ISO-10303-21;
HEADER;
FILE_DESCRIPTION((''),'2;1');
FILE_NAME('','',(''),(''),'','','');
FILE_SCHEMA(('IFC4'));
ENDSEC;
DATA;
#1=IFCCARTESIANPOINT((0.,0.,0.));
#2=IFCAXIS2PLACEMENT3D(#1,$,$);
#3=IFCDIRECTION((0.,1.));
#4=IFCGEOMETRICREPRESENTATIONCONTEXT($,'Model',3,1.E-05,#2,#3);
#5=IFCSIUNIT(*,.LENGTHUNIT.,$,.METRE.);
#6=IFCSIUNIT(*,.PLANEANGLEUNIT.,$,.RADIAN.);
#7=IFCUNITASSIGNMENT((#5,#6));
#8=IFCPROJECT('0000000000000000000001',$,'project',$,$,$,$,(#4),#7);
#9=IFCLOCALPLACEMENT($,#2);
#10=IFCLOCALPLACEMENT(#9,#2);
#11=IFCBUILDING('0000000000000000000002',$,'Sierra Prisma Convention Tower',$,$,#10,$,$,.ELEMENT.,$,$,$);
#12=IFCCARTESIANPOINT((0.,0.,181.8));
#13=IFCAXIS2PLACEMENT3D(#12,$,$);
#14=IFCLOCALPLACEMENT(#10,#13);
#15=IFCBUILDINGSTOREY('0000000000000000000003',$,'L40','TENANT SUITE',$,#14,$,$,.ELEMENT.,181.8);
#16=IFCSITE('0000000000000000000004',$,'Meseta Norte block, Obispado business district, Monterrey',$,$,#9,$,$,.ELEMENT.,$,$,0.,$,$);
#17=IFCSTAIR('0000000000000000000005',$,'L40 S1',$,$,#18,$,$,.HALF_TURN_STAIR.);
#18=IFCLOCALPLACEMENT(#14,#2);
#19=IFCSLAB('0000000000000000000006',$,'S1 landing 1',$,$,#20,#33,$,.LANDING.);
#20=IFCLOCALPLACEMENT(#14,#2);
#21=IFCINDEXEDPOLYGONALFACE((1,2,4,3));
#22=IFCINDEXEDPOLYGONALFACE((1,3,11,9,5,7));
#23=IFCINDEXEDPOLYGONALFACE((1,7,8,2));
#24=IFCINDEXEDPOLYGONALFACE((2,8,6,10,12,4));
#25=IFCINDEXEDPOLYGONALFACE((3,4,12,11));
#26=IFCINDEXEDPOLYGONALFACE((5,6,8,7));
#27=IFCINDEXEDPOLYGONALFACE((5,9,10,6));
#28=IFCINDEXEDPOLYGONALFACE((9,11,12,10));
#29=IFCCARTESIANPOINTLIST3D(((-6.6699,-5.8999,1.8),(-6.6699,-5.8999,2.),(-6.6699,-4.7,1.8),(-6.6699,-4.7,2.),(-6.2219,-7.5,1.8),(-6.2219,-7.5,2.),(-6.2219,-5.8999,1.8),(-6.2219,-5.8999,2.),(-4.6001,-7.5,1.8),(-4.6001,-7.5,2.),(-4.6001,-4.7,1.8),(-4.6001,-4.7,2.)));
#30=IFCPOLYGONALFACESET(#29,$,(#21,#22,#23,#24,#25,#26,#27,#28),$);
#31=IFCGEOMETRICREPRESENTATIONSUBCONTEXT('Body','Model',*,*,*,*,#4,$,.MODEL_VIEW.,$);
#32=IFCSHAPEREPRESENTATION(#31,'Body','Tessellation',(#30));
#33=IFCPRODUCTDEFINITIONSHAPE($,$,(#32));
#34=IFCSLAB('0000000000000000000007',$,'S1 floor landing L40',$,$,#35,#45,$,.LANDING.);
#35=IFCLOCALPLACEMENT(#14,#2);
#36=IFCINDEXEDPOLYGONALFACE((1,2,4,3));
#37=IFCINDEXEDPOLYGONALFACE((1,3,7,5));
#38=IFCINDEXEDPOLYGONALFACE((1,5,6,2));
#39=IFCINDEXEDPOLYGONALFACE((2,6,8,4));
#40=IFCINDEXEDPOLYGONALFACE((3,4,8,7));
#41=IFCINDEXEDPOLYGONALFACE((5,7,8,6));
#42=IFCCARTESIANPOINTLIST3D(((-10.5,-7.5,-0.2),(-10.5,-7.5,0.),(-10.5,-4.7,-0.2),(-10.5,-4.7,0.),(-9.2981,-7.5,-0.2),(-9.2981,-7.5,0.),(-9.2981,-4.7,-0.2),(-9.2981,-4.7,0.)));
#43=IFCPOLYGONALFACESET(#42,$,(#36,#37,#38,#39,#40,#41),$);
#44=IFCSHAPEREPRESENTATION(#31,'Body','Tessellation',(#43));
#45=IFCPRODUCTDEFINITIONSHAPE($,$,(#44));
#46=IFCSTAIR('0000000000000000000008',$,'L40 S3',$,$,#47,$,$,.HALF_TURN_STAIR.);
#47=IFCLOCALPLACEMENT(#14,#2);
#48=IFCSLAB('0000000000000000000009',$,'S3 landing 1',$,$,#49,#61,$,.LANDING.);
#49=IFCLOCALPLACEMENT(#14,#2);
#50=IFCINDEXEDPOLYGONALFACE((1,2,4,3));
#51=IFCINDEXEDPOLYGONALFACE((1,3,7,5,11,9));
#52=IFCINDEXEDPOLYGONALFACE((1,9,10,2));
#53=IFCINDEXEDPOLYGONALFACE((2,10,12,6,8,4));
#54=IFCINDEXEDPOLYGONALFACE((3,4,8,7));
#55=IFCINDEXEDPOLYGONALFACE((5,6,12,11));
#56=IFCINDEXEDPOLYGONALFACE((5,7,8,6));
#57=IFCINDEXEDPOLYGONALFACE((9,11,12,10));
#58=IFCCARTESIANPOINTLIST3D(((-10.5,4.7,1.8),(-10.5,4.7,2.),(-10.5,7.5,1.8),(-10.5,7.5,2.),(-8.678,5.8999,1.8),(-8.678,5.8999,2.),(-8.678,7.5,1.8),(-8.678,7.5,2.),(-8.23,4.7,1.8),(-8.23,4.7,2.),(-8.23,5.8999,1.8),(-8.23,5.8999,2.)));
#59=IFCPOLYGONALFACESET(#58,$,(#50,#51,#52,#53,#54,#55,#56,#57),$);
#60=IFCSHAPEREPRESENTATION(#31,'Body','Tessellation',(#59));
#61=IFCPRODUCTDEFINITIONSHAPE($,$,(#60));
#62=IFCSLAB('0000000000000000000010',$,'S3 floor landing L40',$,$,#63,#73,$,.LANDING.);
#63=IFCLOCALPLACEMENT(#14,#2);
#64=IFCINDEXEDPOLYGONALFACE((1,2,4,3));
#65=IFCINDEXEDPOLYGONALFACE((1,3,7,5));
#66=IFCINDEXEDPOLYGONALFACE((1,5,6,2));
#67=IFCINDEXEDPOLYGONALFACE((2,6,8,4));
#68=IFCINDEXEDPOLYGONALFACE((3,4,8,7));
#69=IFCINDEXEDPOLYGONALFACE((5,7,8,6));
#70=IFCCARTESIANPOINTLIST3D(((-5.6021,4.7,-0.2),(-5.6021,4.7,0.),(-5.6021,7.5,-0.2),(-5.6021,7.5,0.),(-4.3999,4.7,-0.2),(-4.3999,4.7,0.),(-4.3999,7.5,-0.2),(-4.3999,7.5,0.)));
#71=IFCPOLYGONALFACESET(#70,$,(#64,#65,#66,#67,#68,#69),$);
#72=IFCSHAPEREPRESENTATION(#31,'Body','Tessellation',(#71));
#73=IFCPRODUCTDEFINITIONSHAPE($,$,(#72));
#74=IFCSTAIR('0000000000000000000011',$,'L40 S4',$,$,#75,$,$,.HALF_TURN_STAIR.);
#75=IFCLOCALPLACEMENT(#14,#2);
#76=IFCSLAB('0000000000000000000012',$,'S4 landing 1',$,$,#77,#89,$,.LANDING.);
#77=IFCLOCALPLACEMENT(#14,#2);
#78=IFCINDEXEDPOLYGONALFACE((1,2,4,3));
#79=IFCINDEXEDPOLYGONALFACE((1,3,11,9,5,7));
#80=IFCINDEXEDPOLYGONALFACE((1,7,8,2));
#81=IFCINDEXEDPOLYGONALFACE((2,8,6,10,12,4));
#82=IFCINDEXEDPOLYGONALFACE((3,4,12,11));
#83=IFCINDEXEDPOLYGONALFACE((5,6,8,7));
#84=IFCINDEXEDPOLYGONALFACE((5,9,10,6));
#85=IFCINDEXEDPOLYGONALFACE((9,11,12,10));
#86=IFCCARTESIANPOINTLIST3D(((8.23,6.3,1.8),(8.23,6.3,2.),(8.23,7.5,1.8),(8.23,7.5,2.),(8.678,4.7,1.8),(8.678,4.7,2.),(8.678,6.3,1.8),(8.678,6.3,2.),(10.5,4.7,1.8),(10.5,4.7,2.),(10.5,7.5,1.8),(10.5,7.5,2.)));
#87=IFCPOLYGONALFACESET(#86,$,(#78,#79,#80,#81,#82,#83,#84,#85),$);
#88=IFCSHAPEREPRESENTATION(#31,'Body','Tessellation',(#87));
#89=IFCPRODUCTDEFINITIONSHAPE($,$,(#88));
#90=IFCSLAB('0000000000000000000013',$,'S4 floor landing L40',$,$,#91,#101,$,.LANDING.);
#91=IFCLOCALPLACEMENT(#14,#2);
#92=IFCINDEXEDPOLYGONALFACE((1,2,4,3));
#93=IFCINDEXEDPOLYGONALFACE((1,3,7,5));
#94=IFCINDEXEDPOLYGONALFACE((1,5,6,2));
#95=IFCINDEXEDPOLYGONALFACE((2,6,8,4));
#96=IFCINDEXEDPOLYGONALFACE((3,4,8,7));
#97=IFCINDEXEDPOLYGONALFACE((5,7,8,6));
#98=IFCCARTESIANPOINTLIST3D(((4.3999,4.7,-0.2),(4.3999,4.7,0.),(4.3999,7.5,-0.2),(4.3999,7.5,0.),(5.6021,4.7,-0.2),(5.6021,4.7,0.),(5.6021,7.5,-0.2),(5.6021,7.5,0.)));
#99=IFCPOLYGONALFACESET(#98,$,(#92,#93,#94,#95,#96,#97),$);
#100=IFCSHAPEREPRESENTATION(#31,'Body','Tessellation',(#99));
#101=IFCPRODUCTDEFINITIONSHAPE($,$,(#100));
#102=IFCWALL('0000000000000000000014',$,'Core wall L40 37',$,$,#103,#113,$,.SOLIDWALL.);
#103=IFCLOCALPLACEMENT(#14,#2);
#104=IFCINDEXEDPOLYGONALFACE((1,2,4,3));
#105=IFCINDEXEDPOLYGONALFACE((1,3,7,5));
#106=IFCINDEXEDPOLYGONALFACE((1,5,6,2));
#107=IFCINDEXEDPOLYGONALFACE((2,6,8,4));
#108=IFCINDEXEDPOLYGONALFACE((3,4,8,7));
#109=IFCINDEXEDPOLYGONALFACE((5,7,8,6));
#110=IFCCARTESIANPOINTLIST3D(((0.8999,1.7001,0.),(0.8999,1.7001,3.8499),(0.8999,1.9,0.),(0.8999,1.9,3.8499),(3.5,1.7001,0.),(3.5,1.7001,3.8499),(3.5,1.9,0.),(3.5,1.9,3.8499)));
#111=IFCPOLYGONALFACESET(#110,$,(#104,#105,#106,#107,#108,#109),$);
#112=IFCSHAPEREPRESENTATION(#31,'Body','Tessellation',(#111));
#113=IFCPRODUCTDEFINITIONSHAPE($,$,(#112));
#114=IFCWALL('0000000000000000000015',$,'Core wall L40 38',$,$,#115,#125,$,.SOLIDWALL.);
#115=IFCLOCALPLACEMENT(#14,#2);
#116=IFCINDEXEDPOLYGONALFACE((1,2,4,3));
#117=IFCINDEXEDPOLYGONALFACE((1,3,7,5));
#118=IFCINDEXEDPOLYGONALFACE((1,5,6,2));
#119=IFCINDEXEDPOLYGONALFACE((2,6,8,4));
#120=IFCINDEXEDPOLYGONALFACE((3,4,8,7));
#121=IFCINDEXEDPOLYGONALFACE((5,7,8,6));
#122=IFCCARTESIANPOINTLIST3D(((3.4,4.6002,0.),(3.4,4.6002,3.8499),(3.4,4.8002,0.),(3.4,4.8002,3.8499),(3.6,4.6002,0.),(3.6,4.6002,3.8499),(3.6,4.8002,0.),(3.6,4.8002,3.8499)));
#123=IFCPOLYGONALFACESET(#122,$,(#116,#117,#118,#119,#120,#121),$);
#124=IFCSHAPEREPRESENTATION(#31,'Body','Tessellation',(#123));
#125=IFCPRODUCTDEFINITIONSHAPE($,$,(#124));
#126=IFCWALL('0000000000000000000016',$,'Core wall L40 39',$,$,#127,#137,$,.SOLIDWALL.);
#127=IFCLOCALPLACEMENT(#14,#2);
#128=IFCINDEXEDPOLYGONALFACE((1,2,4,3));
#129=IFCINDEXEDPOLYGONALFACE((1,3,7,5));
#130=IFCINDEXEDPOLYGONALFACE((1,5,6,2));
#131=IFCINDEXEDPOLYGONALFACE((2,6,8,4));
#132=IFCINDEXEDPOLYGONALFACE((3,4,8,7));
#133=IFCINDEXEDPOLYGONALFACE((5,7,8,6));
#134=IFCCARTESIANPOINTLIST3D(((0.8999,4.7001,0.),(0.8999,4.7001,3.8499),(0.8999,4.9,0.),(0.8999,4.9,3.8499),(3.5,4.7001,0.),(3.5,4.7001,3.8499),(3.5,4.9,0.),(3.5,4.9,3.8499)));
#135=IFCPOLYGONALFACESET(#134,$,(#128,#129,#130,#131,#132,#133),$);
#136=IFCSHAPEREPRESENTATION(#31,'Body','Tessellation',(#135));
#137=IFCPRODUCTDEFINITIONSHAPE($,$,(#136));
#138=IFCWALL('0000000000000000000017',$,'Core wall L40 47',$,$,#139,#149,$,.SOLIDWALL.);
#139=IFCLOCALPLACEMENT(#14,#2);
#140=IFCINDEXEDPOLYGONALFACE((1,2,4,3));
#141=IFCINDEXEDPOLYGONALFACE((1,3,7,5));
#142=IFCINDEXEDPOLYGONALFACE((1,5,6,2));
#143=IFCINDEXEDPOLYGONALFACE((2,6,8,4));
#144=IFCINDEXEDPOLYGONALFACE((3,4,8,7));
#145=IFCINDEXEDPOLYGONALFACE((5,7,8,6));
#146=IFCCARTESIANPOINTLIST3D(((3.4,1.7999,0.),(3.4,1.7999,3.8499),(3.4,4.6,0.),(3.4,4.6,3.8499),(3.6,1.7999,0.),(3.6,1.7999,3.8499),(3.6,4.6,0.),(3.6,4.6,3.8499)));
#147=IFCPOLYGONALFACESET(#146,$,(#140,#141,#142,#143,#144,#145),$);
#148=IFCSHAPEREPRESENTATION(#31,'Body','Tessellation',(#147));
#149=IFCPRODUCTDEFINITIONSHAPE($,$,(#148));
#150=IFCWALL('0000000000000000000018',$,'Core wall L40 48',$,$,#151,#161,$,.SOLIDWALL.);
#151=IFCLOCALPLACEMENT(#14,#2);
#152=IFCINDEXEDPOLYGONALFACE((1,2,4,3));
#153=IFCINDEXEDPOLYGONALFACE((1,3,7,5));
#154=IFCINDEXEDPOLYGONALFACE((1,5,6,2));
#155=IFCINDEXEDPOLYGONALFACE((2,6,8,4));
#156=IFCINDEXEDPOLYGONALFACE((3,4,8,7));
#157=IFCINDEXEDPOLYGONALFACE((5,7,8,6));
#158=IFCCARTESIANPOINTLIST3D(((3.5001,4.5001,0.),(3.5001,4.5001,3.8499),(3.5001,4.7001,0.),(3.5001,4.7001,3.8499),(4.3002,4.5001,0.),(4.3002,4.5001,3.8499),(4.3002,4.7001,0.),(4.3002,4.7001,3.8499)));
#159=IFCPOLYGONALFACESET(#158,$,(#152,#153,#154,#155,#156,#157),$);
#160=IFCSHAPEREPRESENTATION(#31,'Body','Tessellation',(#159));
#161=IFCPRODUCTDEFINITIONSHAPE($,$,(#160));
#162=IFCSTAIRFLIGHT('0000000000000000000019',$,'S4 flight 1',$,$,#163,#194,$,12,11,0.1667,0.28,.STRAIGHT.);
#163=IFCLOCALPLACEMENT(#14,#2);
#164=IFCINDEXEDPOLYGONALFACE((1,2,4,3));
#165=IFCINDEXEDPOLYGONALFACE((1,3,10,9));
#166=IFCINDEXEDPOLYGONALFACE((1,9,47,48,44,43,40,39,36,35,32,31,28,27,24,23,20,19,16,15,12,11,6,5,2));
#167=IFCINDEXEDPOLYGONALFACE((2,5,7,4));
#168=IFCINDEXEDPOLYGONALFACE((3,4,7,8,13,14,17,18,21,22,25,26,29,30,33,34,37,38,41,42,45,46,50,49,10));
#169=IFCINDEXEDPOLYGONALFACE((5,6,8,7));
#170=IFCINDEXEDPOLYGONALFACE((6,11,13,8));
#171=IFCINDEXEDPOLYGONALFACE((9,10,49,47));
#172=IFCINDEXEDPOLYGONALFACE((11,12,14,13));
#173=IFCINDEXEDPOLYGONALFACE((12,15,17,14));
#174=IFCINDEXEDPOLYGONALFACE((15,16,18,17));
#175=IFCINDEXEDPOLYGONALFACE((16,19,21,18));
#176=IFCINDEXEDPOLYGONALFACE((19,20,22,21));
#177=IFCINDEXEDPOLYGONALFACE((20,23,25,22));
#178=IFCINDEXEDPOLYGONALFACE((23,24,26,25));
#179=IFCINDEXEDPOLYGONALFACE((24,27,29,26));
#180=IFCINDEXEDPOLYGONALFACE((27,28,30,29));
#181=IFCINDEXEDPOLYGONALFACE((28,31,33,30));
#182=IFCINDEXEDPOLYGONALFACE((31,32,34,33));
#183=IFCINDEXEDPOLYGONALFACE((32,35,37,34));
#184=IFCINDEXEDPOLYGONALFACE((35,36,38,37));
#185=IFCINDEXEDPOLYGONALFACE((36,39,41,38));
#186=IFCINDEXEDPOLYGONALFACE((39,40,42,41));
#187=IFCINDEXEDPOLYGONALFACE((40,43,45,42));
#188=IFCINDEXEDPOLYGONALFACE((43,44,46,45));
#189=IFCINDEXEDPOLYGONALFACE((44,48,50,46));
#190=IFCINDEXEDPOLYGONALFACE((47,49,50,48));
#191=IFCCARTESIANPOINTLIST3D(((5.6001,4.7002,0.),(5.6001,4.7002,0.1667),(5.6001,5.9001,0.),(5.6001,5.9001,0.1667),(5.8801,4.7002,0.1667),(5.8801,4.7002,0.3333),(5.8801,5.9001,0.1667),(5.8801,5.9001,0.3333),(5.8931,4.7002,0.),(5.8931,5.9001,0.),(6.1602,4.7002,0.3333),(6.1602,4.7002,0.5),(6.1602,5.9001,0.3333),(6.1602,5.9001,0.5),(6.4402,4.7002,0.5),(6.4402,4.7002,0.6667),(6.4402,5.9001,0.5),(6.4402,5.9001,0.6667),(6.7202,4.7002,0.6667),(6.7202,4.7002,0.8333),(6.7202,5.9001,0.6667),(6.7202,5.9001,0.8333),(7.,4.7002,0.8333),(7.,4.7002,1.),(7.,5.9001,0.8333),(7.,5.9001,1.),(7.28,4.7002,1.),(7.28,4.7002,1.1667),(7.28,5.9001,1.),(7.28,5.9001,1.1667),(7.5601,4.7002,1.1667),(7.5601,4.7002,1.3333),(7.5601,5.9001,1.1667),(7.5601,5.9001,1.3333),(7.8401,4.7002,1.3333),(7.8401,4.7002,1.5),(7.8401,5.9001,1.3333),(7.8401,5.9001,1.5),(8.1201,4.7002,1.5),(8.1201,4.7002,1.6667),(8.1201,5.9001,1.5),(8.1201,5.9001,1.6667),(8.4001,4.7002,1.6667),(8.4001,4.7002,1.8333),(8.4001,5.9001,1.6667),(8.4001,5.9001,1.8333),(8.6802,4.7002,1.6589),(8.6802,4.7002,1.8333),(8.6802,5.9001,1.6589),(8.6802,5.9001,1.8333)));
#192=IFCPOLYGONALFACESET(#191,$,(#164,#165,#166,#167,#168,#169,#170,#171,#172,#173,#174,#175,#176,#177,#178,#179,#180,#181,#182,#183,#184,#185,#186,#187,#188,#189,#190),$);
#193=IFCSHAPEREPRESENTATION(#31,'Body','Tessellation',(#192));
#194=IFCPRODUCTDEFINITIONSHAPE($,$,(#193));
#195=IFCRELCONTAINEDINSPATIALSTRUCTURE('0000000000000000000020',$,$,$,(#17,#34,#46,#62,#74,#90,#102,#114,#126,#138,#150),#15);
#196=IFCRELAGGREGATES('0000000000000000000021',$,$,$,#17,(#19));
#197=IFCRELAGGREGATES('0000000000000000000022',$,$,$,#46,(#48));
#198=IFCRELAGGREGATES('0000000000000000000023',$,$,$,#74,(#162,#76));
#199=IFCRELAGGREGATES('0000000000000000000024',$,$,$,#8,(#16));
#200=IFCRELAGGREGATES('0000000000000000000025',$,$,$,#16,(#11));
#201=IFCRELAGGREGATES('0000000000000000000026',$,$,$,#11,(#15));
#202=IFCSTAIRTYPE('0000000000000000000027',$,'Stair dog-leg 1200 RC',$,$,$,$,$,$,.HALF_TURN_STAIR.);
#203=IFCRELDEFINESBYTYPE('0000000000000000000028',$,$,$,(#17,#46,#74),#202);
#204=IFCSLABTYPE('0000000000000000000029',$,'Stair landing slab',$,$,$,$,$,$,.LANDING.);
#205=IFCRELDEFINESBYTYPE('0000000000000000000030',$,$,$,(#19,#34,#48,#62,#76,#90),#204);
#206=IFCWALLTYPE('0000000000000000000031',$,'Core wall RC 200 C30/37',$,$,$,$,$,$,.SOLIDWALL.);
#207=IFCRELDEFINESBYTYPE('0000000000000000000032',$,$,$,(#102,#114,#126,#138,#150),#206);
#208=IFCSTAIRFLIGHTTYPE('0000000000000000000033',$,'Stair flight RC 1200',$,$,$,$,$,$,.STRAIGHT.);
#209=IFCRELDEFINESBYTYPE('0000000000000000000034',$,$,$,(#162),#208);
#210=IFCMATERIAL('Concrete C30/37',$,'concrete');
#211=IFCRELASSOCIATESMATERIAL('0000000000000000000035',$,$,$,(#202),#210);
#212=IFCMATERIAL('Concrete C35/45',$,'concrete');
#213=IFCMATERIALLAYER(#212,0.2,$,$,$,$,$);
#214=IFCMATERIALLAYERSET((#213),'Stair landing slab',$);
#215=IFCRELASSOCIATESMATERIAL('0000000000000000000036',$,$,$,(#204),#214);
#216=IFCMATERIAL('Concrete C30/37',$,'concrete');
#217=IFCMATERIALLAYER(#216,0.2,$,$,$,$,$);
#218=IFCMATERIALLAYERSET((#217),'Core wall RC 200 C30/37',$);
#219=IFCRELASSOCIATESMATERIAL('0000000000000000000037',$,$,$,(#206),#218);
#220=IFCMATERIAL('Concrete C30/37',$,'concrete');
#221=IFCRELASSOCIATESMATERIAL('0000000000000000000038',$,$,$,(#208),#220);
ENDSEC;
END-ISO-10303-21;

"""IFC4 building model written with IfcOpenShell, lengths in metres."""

from ifc_helpers import new_model, si_unit, direction, frame, frame_2d, origin, place, context, subcontext, project, spatial, polyline, rectangle, outline, extrude, material, layer, layer_set, type_object, element, aggregate, save


model = new_model("IFC4")

# Units and contexts
model_context = context("Model", 3, precision=1e-05, world=origin(), true_north=direction((0.0, 1.0)))
body_context = subcontext(model_context, "Body", "Model", "MODEL_VIEW")
ifc_project = project(units=[si_unit("LENGTHUNIT", "METRE"), si_unit("PLANEANGLEUNIT", "RADIAN")], contexts=[model_context])

# Site, building, storey
site_placement = place(None, origin())
site = spatial("IfcSite", under=ifc_project, at=site_placement, Name="Meseta Norte block, Obispado business district, Monterrey", CompositionType="ELEMENT", RefElevation=0.0)
building_placement = place(site_placement, origin())
building = spatial("IfcBuilding", under=site, at=building_placement, Name="Sierra Prisma Convention Tower", CompositionType="ELEMENT")
storey_placement = place(building_placement, frame((0.0, 0.0, 181.8)))
storey = spatial("IfcBuildingStorey", under=building, at=storey_placement, Name="L40", Description="TENANT SUITE", CompositionType="ELEMENT", Elevation=181.8)

# Stair, slab
ifc_material_1 = material(Name="Concrete C30/37", Category="concrete")
stair_type = type_object("IfcStairType", Name="Stair dog-leg 1200 RC", PredefinedType="HALF_TURN_STAIR", material=ifc_material_1)
stair_1_placement = place(storey_placement, origin())
stair_1 = element("IfcStair", 1, at=stair_1_placement, inside=storey, type_object=stair_type, Name="L40 S1", PredefinedType="HALF_TURN_STAIR")
ifc_material_2 = material(Name="Concrete C35/45", Category="concrete")
ifc_layer_1 = layer(ifc_material_2, 0.2)
ifc_layer_set_1 = layer_set([ifc_layer_1], Name="Stair landing slab")
slab_type = type_object("IfcSlabType", Name="Stair landing slab", PredefinedType="LANDING", material=ifc_layer_set_1)
slab_1_placement = place(storey_placement, frame((0.0, 0.0, 1.8)))
slab_1 = element("IfcSlab", 2, at=slab_1_placement, type_object=slab_type, Name="S1 landing 1", PredefinedType="LANDING", context=body_context, shape_type="SweptSolid", body=[
    extrude(outline(polyline([(-4.6001, -4.7), (-4.6001, -7.5), (-6.2219, -7.5), (-6.2219, -5.8999), (-6.6699, -5.8999), (-6.6699, -4.7), (-4.6001, -4.7)])), origin(), (0.0, 0.0, 1.0), 0.2),
])
aggregate(stair_1, [slab_1])

# Slab
slab_2_placement = place(storey_placement, frame((0.0, 0.0, -0.2)))
element("IfcSlab", 3, at=slab_2_placement, inside=storey, type_object=slab_type, Name="S1 floor landing L40", PredefinedType="LANDING", context=body_context, shape_type="SweptSolid", body=[
    extrude(outline(polyline([(-10.5, -7.5), (-9.2981, -7.5), (-9.2981, -4.7), (-10.5, -4.7), (-10.5, -7.5)])), origin(), (0.0, 0.0, 1.0), 0.2),
])

# Stair, slab
stair_2_placement = place(storey_placement, origin())
stair_2 = element("IfcStair", 4, at=stair_2_placement, inside=storey, type_object=stair_type, Name="L40 S3", PredefinedType="HALF_TURN_STAIR")
slab_3_placement = place(storey_placement, frame((0.0, 0.0, 1.8)))
slab_3 = element("IfcSlab", 5, at=slab_3_placement, type_object=slab_type, Name="S3 landing 1", PredefinedType="LANDING", context=body_context, shape_type="SweptSolid", body=[
    extrude(outline(polyline([(-8.23, 5.8999), (-8.23, 4.7), (-10.5, 4.7), (-10.5, 7.5), (-8.678, 7.5), (-8.678, 5.8999), (-8.23, 5.8999)])), origin(), (0.0, 0.0, 1.0), 0.2),
])
aggregate(stair_2, [slab_3])

# Slab
slab_4_placement = place(storey_placement, frame((0.0, 0.0, -0.2)))
element("IfcSlab", 6, at=slab_4_placement, inside=storey, type_object=slab_type, Name="S3 floor landing L40", PredefinedType="LANDING", context=body_context, shape_type="SweptSolid", body=[
    extrude(outline(polyline([(-4.3999, 7.5), (-5.6021, 7.5), (-5.6021, 4.7), (-4.3999, 4.7), (-4.3999, 7.5)])), origin(), (0.0, 0.0, 1.0), 0.2),
])

# Stair, slab
stair_3_placement = place(storey_placement, origin())
stair_3 = element("IfcStair", 7, at=stair_3_placement, inside=storey, type_object=stair_type, Name="L40 S4", PredefinedType="HALF_TURN_STAIR")
slab_5_placement = place(storey_placement, frame((0.0, 0.0, 1.8)))
slab_5 = element("IfcSlab", 8, at=slab_5_placement, type_object=slab_type, Name="S4 landing 1", PredefinedType="LANDING", context=body_context, shape_type="SweptSolid", body=[
    extrude(outline(polyline([(10.5, 7.5), (10.5, 4.7), (8.678, 4.7), (8.678, 6.3), (8.23, 6.3), (8.23, 7.5), (10.5, 7.5)])), origin(), (0.0, 0.0, 1.0), 0.2),
])

# Slab
slab_6_placement = place(storey_placement, frame((0.0, 0.0, -0.2)))
element("IfcSlab", 9, at=slab_6_placement, inside=storey, type_object=slab_type, Name="S4 floor landing L40", PredefinedType="LANDING", context=body_context, shape_type="SweptSolid", body=[
    extrude(outline(polyline([(4.3999, 4.7), (5.6021, 4.7), (5.6021, 7.5), (4.3999, 7.5), (4.3999, 4.7)])), origin(), (0.0, 0.0, 1.0), 0.2),
])

# Shared definitions
ifc_material_3 = material(Name="Concrete C30/37", Category="concrete")
ifc_layer_2 = layer(ifc_material_3, 0.2)
ifc_layer_set_2 = layer_set([ifc_layer_2], Name="Core wall RC 200 C30/37")
wall_type = type_object("IfcWallType", Name="Core wall RC 200 C30/37", PredefinedType="SOLIDWALL", material=ifc_layer_set_2)

# Walls
wall_1_placement = place(storey_placement, frame((3.5, 1.8, 0.0), z_axis=(0.0, 0.0, 1.0), x_axis=(-1.0, 0.0, 0.0)))
element("IfcWall", 10, at=wall_1_placement, inside=storey, type_object=wall_type, Name="Core wall L40 37", PredefinedType="SOLIDWALL", context=body_context, shape_type="SweptSolid", body=[
    extrude(rectangle(XDim=2.6001, YDim=0.2, at=frame_2d((1.3, 0.0))), origin(), (0.0, 0.0, 1.0), 3.8499),
])
wall_2_placement = place(storey_placement, frame((3.5, 4.6001, 0.0), z_axis=(0.0, 0.0, 1.0), x_axis=(0.0, 1.0, 0.0)))
element("IfcWall", 11, at=wall_2_placement, inside=storey, type_object=wall_type, Name="Core wall L40 38", PredefinedType="SOLIDWALL", context=body_context, shape_type="SweptSolid", body=[
    extrude(rectangle(XDim=0.2, YDim=0.2, at=frame_2d((0.1001, 0.0))), origin(), (0.0, 0.0, 1.0), 3.8499),
])
wall_3_placement = place(storey_placement, frame((3.5, 4.8, 0.0), z_axis=(0.0, 0.0, 1.0), x_axis=(-1.0, 0.0, 0.0)))
element("IfcWall", 12, at=wall_3_placement, inside=storey, type_object=wall_type, Name="Core wall L40 39", PredefinedType="SOLIDWALL", context=body_context, shape_type="SweptSolid", body=[
    extrude(rectangle(XDim=2.6001, YDim=0.2, at=frame_2d((1.3, 0.0))), origin(), (0.0, 0.0, 1.0), 3.8499),
])

# Walls
wall_4_placement = place(storey_placement, frame((3.5, 1.8, 0.0), z_axis=(0.0, 0.0, 1.0), x_axis=(0.0, 1.0, 0.0)))
element("IfcWall", 13, at=wall_4_placement, inside=storey, type_object=wall_type, Name="Core wall L40 47", PredefinedType="SOLIDWALL", context=body_context, shape_type="SweptSolid", body=[
    extrude(rectangle(XDim=2.8, YDim=0.2, at=frame_2d((1.3999, 0.0))), origin(), (0.0, 0.0, 1.0), 3.8499),
])
wall_5_placement = place(storey_placement, frame((4.3, 4.6001, 0.0), z_axis=(0.0, 0.0, 1.0), x_axis=(-1.0, 0.0, 0.0)))
element("IfcWall", 14, at=wall_5_placement, inside=storey, type_object=wall_type, Name="Core wall L40 48", PredefinedType="SOLIDWALL", context=body_context, shape_type="SweptSolid", body=[
    extrude(rectangle(XDim=0.8, YDim=0.2, at=frame_2d((0.3999, 0.0))), origin(), (0.0, 0.0, 1.0), 3.8499),
])

# Stair flight
ifc_material_4 = material(Name="Concrete C30/37", Category="concrete")
stair_flight_type = type_object("IfcStairFlightType", Name="Stair flight RC 1200", PredefinedType="STRAIGHT", material=ifc_material_4)
stair_flight_placement = place(storey_placement, frame((5.6001, 5.3, 0.0), z_axis=(0.0, 0.0, 1.0), x_axis=(1.0, 0.0, 0.0)))
stair_flight = element("IfcStairFlight", 15, at=stair_flight_placement, type_object=stair_flight_type, Name="S4 flight 1", NumberOfRisers=12, NumberOfTreads=11, PredefinedType="STRAIGHT", RiserHeight=0.1667, TreadLength=0.28, context=body_context, shape_type="SweptSolid", body=[
    extrude(outline(polyline([(0.0, 0.0), (0.0, 0.1667), (0.28, 0.1667), (0.28, 0.3333), (0.5601, 0.3333), (0.5601, 0.5), (0.8401, 0.5), (0.8401, 0.6667), (1.1201, 0.6667), (1.1201, 0.8333), (1.3999, 0.8333), (1.3999, 1.0), (1.6799, 1.0), (1.6799, 1.1667), (1.96, 1.1667), (1.96, 1.3333), (2.24, 1.3333), (2.24, 1.5), (2.52, 1.5), (2.52, 1.6667), (2.8, 1.6667), (2.8, 1.8333), (3.0801, 1.8333), (3.0801, 2.0), (3.0801, 1.6589), (0.293, 0.0), (0.0, 0.0)])), frame((0.0, 0.6001, 0.0), z_axis=(0.0, -1.0, 0.0), x_axis=(1.0, 0.0, 0.0)), (0.0, 0.0, 1.0), 1.2),
])
aggregate(stair_3, [stair_flight, slab_5])

save(model, "model.ifc")
